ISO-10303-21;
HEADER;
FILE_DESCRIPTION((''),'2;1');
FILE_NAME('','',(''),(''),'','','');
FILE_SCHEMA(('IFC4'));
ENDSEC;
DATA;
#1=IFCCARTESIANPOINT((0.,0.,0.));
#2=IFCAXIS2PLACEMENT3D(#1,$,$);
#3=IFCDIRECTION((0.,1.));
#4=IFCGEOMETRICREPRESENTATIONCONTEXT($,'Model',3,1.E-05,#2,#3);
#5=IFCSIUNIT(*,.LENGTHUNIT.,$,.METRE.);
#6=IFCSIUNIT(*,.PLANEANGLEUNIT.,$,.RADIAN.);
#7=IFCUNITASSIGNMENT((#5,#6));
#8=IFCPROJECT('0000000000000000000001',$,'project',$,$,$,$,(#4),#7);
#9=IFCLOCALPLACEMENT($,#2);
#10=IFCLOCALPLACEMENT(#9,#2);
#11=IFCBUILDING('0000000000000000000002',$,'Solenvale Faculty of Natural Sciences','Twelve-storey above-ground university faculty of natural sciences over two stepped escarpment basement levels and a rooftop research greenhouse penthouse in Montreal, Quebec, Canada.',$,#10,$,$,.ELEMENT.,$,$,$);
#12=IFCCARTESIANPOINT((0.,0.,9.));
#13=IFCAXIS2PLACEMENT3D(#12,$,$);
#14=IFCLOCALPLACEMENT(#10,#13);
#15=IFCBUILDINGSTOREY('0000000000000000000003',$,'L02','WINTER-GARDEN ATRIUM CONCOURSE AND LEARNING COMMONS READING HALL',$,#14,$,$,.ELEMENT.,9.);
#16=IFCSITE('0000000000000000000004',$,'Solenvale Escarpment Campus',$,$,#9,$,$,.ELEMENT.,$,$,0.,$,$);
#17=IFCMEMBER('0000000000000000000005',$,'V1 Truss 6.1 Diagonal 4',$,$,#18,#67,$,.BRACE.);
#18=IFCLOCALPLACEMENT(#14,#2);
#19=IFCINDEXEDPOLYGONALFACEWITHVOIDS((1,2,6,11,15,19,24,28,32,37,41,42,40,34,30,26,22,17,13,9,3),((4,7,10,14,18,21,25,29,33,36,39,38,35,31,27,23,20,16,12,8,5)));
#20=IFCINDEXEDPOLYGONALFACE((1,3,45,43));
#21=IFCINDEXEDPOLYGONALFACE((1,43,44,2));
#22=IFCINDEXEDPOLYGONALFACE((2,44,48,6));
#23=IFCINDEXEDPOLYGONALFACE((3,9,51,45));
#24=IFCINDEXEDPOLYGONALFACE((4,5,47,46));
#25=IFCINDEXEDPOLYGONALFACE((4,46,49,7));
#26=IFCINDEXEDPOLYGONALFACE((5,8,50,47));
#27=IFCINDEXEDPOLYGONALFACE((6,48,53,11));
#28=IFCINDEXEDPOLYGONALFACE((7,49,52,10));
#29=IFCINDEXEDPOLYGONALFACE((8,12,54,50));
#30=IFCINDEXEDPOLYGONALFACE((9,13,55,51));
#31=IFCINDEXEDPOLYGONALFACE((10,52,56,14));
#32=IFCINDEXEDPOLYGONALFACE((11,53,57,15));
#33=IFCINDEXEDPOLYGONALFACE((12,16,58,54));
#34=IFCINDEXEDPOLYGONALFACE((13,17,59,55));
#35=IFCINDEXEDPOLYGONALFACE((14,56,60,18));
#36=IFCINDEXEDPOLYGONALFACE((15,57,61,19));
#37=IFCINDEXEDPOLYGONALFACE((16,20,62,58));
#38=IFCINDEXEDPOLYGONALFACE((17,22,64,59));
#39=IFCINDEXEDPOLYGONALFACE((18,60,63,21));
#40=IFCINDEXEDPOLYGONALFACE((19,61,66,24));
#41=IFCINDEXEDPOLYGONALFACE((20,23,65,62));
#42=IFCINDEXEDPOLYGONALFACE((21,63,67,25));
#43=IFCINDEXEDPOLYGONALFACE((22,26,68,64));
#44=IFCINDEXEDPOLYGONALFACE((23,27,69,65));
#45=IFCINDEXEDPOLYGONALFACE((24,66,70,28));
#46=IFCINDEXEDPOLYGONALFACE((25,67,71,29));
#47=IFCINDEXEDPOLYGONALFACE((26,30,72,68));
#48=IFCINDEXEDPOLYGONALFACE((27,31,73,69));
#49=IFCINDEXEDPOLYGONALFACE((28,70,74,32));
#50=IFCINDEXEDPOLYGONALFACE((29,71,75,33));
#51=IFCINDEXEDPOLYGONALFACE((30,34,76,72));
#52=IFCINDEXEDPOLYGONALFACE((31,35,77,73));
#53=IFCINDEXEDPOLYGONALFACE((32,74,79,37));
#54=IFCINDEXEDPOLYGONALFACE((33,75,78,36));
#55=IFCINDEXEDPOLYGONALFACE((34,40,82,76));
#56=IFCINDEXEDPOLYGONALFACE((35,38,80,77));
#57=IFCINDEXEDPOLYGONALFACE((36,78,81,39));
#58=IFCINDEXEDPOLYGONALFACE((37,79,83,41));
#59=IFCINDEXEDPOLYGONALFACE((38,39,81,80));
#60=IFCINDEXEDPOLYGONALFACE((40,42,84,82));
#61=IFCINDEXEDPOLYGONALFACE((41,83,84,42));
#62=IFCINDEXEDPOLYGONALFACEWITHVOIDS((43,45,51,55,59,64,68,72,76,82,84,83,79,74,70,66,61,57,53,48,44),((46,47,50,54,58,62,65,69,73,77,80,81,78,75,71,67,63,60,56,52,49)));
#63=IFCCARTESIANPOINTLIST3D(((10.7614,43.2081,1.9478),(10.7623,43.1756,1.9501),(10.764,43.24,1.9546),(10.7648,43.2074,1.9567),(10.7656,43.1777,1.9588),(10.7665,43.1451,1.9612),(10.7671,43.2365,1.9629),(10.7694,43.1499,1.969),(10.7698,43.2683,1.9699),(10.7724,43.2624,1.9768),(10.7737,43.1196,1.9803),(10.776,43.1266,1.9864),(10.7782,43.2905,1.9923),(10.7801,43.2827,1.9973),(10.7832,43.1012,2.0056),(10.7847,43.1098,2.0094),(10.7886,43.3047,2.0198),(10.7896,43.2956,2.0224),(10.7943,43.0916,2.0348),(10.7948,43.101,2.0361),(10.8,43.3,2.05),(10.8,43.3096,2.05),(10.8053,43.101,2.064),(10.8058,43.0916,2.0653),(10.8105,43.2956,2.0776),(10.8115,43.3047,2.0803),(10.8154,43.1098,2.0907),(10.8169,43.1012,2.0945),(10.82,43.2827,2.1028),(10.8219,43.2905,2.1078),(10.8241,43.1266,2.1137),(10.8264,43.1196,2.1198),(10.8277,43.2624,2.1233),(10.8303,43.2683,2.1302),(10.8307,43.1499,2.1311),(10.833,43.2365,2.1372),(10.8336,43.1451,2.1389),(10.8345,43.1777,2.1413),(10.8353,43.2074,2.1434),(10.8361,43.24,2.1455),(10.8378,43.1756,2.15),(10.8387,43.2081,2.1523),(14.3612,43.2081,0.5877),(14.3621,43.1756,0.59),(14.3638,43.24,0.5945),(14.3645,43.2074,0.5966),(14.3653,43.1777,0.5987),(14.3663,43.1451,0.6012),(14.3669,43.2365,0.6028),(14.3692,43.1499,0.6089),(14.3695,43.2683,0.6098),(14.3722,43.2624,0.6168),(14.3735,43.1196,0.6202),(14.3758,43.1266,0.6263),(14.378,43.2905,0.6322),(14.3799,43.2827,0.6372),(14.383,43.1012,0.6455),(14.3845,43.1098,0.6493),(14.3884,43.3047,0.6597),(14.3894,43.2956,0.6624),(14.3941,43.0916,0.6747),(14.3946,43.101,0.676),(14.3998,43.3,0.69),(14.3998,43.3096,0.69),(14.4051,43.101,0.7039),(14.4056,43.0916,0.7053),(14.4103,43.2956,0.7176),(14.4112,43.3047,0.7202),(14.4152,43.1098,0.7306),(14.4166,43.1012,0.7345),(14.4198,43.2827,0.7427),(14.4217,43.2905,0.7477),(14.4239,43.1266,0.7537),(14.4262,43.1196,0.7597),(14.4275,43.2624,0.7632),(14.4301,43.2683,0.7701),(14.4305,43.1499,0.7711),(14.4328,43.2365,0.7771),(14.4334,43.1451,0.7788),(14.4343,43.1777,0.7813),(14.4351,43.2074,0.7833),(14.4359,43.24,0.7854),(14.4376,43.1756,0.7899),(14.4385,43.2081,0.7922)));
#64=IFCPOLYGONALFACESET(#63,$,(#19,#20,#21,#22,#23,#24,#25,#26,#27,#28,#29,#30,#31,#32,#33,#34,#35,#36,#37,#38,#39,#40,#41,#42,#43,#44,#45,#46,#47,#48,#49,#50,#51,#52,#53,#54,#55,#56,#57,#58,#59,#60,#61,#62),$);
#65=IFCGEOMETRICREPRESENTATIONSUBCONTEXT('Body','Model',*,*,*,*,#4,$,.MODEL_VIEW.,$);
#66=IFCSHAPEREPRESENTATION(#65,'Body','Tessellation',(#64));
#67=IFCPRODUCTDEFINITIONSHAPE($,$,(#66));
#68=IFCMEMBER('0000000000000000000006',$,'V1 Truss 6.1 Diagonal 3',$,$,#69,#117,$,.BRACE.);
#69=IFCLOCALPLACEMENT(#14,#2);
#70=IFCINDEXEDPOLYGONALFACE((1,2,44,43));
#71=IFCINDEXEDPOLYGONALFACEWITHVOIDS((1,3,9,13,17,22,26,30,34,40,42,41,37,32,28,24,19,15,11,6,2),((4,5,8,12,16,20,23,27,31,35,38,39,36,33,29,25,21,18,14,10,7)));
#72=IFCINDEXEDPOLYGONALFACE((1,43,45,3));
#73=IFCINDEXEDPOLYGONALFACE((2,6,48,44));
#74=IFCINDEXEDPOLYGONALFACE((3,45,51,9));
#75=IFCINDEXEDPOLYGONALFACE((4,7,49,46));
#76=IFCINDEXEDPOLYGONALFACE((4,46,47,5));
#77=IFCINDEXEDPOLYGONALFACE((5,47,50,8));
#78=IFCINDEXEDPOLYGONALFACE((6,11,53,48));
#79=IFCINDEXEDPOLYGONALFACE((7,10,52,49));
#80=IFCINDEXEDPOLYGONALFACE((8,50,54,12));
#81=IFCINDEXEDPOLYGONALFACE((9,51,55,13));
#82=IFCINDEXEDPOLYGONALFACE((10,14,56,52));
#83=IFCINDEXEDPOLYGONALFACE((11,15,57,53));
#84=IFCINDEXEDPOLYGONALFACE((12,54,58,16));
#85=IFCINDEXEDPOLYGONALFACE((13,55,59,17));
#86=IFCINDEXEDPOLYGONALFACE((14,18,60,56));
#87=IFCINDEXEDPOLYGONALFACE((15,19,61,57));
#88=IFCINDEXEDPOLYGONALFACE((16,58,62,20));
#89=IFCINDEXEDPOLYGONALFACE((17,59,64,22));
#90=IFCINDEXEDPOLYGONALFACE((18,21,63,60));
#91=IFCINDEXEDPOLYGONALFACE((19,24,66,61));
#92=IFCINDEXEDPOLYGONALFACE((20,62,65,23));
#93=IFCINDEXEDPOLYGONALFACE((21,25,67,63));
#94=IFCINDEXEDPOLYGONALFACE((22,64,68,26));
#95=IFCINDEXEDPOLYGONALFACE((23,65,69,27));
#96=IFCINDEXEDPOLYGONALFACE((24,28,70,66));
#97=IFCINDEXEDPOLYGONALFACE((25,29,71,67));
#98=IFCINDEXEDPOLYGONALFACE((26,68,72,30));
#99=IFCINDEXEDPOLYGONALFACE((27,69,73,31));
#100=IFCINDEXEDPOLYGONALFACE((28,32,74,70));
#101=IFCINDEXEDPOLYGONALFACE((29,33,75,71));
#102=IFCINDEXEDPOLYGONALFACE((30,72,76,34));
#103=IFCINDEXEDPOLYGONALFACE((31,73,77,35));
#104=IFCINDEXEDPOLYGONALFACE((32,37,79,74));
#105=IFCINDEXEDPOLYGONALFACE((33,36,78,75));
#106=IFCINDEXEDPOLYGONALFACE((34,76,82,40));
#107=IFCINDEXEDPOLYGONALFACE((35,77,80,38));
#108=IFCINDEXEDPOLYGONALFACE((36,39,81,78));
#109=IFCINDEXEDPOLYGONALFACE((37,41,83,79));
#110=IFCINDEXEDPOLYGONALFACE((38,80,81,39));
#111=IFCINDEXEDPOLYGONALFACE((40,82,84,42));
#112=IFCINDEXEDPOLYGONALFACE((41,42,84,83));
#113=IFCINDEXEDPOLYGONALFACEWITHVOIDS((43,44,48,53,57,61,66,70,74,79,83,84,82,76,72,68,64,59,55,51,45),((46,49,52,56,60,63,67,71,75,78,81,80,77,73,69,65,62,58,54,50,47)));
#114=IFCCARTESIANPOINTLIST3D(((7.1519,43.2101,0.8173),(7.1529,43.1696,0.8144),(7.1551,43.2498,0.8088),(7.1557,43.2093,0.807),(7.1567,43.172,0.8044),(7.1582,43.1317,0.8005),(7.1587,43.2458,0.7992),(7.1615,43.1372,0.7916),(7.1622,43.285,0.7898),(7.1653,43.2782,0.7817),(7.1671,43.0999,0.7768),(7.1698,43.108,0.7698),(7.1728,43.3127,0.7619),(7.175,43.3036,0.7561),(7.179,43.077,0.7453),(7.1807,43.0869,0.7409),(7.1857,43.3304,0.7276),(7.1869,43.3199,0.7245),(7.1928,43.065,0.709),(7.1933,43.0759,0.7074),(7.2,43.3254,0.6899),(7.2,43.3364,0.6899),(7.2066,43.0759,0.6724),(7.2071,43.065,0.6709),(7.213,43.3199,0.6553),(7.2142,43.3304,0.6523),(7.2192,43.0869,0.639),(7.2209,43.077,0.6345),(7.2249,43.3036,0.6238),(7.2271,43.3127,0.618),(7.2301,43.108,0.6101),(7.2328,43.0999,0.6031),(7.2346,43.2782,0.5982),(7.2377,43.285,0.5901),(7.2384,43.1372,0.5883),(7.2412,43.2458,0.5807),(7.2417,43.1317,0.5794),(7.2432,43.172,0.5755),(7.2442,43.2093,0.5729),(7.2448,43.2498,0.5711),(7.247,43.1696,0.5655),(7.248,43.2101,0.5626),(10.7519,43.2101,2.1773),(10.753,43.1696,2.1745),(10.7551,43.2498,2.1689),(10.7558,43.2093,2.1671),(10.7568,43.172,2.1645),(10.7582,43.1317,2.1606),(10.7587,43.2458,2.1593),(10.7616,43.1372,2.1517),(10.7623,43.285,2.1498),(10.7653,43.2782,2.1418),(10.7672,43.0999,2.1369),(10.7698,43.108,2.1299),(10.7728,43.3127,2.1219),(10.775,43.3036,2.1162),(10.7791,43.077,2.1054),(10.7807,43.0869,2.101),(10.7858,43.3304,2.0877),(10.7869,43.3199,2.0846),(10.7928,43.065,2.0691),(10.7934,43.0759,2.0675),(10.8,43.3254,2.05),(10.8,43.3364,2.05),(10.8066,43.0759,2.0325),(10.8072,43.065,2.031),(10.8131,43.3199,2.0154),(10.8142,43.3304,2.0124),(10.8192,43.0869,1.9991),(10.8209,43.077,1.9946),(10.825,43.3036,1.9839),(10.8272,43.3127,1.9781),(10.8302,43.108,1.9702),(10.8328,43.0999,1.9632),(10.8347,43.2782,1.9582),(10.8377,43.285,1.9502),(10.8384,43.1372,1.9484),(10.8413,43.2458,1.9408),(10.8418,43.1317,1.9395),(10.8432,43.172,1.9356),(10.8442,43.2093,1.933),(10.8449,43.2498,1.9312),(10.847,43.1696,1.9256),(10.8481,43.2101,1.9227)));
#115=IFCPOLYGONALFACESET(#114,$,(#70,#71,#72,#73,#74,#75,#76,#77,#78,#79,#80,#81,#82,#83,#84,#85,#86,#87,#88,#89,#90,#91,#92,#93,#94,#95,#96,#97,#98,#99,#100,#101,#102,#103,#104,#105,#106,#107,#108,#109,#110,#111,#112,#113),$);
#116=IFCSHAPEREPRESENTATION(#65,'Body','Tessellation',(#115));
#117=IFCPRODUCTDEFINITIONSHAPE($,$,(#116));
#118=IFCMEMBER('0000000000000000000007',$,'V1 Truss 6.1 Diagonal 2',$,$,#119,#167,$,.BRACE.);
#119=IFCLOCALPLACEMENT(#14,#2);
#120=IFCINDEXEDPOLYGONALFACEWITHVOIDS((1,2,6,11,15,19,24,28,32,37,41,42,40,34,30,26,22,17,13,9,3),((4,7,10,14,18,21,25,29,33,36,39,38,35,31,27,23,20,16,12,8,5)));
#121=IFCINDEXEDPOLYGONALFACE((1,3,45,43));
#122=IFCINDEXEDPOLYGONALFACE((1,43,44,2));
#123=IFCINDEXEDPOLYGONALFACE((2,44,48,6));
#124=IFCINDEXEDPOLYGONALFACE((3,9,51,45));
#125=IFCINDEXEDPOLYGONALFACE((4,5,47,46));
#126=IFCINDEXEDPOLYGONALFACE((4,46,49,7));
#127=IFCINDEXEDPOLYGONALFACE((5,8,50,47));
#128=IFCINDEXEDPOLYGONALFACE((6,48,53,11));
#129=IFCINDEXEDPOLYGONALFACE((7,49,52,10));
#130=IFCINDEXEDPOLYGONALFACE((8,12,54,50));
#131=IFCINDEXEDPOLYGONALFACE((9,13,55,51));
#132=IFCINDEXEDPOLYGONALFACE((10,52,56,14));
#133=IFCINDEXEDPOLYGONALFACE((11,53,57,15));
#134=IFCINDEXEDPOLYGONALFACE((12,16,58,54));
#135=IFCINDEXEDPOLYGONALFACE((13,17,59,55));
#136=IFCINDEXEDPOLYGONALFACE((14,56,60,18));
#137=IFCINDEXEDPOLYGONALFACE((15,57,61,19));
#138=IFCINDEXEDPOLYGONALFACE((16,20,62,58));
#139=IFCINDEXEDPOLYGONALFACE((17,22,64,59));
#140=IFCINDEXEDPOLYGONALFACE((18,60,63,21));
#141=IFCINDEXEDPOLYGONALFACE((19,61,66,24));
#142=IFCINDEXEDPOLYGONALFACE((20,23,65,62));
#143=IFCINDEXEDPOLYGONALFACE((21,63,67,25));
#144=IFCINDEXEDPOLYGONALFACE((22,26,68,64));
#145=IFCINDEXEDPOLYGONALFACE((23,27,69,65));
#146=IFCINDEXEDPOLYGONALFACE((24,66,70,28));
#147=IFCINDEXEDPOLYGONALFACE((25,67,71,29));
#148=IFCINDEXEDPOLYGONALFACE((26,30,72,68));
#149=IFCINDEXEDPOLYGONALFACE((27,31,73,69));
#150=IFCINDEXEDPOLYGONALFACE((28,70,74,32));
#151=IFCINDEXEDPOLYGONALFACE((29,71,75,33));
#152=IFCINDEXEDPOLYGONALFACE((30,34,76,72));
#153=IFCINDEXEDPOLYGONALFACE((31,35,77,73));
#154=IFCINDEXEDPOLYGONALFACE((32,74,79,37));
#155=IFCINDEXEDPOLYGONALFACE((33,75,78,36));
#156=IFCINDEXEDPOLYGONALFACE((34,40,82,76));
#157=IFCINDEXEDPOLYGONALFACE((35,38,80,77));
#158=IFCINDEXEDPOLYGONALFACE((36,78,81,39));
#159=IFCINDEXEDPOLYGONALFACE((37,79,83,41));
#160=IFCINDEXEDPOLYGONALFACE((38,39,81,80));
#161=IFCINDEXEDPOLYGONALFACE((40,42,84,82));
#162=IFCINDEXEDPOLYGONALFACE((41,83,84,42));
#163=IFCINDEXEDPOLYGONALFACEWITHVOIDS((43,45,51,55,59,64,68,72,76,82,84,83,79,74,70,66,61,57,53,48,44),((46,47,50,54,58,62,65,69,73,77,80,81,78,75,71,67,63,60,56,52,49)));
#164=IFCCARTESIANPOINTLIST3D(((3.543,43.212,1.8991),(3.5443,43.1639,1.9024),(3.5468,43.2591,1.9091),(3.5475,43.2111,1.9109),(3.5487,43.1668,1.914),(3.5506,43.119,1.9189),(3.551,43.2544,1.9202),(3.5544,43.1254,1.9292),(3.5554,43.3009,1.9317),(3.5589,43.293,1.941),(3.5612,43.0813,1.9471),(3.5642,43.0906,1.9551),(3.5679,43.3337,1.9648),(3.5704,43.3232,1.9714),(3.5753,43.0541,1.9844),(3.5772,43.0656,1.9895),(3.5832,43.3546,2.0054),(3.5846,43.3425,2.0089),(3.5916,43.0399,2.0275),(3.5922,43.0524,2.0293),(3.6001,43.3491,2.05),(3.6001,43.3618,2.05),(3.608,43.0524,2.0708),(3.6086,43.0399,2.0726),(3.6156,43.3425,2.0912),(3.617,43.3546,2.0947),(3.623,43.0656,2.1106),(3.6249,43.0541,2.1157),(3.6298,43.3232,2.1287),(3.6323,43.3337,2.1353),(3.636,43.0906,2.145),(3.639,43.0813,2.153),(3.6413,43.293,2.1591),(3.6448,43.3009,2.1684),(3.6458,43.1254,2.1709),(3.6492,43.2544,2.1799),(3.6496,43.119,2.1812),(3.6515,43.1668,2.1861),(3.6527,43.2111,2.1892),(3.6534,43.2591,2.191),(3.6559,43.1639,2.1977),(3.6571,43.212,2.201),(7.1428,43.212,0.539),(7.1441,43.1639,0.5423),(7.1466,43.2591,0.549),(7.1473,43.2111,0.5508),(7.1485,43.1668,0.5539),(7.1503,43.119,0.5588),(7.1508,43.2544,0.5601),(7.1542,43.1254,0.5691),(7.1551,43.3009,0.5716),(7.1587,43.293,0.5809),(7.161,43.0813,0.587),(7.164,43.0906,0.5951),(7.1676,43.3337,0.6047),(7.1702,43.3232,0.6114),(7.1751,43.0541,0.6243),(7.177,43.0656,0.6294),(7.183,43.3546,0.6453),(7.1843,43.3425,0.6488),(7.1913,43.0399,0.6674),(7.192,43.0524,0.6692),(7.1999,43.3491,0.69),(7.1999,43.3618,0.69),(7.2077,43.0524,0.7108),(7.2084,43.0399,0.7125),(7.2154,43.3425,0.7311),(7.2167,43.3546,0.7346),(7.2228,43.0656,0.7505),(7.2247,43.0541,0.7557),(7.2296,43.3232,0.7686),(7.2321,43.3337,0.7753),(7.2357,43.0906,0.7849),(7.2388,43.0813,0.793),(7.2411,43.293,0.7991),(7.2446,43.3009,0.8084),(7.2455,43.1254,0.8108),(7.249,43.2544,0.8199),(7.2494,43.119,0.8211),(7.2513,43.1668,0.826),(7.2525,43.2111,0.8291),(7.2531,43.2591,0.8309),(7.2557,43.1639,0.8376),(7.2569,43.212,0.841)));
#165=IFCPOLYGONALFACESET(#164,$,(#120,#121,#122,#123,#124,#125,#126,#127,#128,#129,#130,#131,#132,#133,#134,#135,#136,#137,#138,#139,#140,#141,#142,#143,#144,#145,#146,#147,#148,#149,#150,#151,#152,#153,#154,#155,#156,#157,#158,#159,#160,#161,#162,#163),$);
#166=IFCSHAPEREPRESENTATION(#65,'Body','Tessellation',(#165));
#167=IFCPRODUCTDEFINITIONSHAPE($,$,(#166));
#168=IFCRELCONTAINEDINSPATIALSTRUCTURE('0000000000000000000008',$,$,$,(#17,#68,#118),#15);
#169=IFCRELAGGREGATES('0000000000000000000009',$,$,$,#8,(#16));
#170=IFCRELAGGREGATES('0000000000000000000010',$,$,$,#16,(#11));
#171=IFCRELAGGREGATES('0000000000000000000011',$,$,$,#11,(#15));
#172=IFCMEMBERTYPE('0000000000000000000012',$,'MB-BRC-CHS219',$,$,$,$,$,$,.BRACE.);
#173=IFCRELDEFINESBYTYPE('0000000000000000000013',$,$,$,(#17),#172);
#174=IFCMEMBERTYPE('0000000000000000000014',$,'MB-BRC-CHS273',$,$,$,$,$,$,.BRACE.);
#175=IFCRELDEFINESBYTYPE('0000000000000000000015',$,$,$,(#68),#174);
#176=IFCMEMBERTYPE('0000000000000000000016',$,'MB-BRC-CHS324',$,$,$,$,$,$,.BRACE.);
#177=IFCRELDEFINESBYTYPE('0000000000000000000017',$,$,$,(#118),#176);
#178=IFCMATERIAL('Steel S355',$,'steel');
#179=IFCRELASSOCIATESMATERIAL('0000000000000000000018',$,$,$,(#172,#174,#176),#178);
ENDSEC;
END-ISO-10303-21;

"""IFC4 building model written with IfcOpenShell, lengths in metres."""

from ifc_helpers import new_model, si_unit, direction, frame, origin, origin_2d, place, context, subcontext, project, spatial, hollow_circle, extrude, material, material_profile, profile_set, type_object, element, save


model = new_model("IFC4")

# Units and contexts
model_context = context("Model", 3, precision=1e-05, world=origin(), true_north=direction((0.0, 1.0)))
body_context = subcontext(model_context, "Body", "Model", "MODEL_VIEW")
ifc_project = project(units=[si_unit("LENGTHUNIT", "METRE"), si_unit("PLANEANGLEUNIT", "RADIAN")], contexts=[model_context])

# Site, building, storey
site_placement = place(None, origin())
site = spatial("IfcSite", under=ifc_project, at=site_placement, Name="Solenvale Escarpment Campus", CompositionType="ELEMENT", RefElevation=0.0)
building_placement = place(site_placement, origin())
building = spatial("IfcBuilding", under=site, at=building_placement, Name="Solenvale Faculty of Natural Sciences", Description="Twelve-storey above-ground university faculty of natural sciences over two stepped escarpment basement levels and a rooftop research greenhouse penthouse in Montreal, Quebec, Canada.", CompositionType="ELEMENT")
storey_placement = place(building_placement, frame((0.0, 0.0, 9.0)))
storey = spatial("IfcBuildingStorey", under=building, at=storey_placement, Name="L02", Description="WINTER-GARDEN ATRIUM CONCOURSE AND LEARNING COMMONS READING HALL", CompositionType="ELEMENT", Elevation=9.0)

# Shared definitions
ifc_material = material(Name="Steel S355", Category="steel")

# Members
ifc_material_profile_1 = material_profile(ifc_material, hollow_circle(Radius=0.1096, WallThickness=0.0095, at=origin_2d()), Name="HSS219x9.5")
ifc_profile_set_1 = profile_set([ifc_material_profile_1], Name="Steel S355")
member_type_1 = type_object("IfcMemberType", Name="MB-BRC-CHS219", PredefinedType="BRACE", material=ifc_profile_set_1)
member_1_placement = place(storey_placement, frame((10.8, 43.2, 2.05), z_axis=(0.935458, 0.0, -0.353438), x_axis=(0.0, 1.0, 0.0)))
element("IfcMember", 1, at=member_1_placement, inside=storey, type_object=member_type_1, Name="V1 Truss 6.1 Diagonal 4", PredefinedType="BRACE", context=body_context, shape_type="SweptSolid", body=[
    extrude(hollow_circle(Radius=0.1096, WallThickness=0.0095, at=origin_2d()), origin(), (0.0, 0.0, 1.0), 3.8481),
])
ifc_material_profile_2 = material_profile(ifc_material, hollow_circle(Radius=0.1365, WallThickness=0.011, at=origin_2d()), Name="HSS273x11")
ifc_profile_set_2 = profile_set([ifc_material_profile_2], Name="Steel S355")
member_type_2 = type_object("IfcMemberType", Name="MB-BRC-CHS273", PredefinedType="BRACE", material=ifc_profile_set_2)
member_2_placement = place(storey_placement, frame((7.2, 43.2, 0.6899), z_axis=(0.935466, 0.0, 0.353417), x_axis=(0.0, 1.0, 0.0)))
element("IfcMember", 2, at=member_2_placement, inside=storey, type_object=member_type_2, Name="V1 Truss 6.1 Diagonal 3", PredefinedType="BRACE", context=body_context, shape_type="SweptSolid", body=[
    extrude(hollow_circle(Radius=0.1365, WallThickness=0.011, at=origin_2d()), origin(), (0.0, 0.0, 1.0), 3.8484),
])
ifc_material_profile_3 = material_profile(ifc_material, hollow_circle(Radius=0.1619, WallThickness=0.0127, at=origin_2d()), Name="HSS324x13")
ifc_profile_set_3 = profile_set([ifc_material_profile_3], Name="Steel S355")
member_type_3 = type_object("IfcMemberType", Name="MB-BRC-CHS324", PredefinedType="BRACE", material=ifc_profile_set_3)
member_3_placement = place(storey_placement, frame((3.6001, 43.2, 2.05), z_axis=(0.935458, 0.0, -0.353438), x_axis=(0.0, 1.0, 0.0)))
element("IfcMember", 3, at=member_3_placement, inside=storey, type_object=member_type_3, Name="V1 Truss 6.1 Diagonal 2", PredefinedType="BRACE", context=body_context, shape_type="SweptSolid", body=[
    extrude(hollow_circle(Radius=0.1619, WallThickness=0.0127, at=origin_2d()), origin(), (0.0, 0.0, 1.0), 3.8481),
])

save(model, "model.ifc")
